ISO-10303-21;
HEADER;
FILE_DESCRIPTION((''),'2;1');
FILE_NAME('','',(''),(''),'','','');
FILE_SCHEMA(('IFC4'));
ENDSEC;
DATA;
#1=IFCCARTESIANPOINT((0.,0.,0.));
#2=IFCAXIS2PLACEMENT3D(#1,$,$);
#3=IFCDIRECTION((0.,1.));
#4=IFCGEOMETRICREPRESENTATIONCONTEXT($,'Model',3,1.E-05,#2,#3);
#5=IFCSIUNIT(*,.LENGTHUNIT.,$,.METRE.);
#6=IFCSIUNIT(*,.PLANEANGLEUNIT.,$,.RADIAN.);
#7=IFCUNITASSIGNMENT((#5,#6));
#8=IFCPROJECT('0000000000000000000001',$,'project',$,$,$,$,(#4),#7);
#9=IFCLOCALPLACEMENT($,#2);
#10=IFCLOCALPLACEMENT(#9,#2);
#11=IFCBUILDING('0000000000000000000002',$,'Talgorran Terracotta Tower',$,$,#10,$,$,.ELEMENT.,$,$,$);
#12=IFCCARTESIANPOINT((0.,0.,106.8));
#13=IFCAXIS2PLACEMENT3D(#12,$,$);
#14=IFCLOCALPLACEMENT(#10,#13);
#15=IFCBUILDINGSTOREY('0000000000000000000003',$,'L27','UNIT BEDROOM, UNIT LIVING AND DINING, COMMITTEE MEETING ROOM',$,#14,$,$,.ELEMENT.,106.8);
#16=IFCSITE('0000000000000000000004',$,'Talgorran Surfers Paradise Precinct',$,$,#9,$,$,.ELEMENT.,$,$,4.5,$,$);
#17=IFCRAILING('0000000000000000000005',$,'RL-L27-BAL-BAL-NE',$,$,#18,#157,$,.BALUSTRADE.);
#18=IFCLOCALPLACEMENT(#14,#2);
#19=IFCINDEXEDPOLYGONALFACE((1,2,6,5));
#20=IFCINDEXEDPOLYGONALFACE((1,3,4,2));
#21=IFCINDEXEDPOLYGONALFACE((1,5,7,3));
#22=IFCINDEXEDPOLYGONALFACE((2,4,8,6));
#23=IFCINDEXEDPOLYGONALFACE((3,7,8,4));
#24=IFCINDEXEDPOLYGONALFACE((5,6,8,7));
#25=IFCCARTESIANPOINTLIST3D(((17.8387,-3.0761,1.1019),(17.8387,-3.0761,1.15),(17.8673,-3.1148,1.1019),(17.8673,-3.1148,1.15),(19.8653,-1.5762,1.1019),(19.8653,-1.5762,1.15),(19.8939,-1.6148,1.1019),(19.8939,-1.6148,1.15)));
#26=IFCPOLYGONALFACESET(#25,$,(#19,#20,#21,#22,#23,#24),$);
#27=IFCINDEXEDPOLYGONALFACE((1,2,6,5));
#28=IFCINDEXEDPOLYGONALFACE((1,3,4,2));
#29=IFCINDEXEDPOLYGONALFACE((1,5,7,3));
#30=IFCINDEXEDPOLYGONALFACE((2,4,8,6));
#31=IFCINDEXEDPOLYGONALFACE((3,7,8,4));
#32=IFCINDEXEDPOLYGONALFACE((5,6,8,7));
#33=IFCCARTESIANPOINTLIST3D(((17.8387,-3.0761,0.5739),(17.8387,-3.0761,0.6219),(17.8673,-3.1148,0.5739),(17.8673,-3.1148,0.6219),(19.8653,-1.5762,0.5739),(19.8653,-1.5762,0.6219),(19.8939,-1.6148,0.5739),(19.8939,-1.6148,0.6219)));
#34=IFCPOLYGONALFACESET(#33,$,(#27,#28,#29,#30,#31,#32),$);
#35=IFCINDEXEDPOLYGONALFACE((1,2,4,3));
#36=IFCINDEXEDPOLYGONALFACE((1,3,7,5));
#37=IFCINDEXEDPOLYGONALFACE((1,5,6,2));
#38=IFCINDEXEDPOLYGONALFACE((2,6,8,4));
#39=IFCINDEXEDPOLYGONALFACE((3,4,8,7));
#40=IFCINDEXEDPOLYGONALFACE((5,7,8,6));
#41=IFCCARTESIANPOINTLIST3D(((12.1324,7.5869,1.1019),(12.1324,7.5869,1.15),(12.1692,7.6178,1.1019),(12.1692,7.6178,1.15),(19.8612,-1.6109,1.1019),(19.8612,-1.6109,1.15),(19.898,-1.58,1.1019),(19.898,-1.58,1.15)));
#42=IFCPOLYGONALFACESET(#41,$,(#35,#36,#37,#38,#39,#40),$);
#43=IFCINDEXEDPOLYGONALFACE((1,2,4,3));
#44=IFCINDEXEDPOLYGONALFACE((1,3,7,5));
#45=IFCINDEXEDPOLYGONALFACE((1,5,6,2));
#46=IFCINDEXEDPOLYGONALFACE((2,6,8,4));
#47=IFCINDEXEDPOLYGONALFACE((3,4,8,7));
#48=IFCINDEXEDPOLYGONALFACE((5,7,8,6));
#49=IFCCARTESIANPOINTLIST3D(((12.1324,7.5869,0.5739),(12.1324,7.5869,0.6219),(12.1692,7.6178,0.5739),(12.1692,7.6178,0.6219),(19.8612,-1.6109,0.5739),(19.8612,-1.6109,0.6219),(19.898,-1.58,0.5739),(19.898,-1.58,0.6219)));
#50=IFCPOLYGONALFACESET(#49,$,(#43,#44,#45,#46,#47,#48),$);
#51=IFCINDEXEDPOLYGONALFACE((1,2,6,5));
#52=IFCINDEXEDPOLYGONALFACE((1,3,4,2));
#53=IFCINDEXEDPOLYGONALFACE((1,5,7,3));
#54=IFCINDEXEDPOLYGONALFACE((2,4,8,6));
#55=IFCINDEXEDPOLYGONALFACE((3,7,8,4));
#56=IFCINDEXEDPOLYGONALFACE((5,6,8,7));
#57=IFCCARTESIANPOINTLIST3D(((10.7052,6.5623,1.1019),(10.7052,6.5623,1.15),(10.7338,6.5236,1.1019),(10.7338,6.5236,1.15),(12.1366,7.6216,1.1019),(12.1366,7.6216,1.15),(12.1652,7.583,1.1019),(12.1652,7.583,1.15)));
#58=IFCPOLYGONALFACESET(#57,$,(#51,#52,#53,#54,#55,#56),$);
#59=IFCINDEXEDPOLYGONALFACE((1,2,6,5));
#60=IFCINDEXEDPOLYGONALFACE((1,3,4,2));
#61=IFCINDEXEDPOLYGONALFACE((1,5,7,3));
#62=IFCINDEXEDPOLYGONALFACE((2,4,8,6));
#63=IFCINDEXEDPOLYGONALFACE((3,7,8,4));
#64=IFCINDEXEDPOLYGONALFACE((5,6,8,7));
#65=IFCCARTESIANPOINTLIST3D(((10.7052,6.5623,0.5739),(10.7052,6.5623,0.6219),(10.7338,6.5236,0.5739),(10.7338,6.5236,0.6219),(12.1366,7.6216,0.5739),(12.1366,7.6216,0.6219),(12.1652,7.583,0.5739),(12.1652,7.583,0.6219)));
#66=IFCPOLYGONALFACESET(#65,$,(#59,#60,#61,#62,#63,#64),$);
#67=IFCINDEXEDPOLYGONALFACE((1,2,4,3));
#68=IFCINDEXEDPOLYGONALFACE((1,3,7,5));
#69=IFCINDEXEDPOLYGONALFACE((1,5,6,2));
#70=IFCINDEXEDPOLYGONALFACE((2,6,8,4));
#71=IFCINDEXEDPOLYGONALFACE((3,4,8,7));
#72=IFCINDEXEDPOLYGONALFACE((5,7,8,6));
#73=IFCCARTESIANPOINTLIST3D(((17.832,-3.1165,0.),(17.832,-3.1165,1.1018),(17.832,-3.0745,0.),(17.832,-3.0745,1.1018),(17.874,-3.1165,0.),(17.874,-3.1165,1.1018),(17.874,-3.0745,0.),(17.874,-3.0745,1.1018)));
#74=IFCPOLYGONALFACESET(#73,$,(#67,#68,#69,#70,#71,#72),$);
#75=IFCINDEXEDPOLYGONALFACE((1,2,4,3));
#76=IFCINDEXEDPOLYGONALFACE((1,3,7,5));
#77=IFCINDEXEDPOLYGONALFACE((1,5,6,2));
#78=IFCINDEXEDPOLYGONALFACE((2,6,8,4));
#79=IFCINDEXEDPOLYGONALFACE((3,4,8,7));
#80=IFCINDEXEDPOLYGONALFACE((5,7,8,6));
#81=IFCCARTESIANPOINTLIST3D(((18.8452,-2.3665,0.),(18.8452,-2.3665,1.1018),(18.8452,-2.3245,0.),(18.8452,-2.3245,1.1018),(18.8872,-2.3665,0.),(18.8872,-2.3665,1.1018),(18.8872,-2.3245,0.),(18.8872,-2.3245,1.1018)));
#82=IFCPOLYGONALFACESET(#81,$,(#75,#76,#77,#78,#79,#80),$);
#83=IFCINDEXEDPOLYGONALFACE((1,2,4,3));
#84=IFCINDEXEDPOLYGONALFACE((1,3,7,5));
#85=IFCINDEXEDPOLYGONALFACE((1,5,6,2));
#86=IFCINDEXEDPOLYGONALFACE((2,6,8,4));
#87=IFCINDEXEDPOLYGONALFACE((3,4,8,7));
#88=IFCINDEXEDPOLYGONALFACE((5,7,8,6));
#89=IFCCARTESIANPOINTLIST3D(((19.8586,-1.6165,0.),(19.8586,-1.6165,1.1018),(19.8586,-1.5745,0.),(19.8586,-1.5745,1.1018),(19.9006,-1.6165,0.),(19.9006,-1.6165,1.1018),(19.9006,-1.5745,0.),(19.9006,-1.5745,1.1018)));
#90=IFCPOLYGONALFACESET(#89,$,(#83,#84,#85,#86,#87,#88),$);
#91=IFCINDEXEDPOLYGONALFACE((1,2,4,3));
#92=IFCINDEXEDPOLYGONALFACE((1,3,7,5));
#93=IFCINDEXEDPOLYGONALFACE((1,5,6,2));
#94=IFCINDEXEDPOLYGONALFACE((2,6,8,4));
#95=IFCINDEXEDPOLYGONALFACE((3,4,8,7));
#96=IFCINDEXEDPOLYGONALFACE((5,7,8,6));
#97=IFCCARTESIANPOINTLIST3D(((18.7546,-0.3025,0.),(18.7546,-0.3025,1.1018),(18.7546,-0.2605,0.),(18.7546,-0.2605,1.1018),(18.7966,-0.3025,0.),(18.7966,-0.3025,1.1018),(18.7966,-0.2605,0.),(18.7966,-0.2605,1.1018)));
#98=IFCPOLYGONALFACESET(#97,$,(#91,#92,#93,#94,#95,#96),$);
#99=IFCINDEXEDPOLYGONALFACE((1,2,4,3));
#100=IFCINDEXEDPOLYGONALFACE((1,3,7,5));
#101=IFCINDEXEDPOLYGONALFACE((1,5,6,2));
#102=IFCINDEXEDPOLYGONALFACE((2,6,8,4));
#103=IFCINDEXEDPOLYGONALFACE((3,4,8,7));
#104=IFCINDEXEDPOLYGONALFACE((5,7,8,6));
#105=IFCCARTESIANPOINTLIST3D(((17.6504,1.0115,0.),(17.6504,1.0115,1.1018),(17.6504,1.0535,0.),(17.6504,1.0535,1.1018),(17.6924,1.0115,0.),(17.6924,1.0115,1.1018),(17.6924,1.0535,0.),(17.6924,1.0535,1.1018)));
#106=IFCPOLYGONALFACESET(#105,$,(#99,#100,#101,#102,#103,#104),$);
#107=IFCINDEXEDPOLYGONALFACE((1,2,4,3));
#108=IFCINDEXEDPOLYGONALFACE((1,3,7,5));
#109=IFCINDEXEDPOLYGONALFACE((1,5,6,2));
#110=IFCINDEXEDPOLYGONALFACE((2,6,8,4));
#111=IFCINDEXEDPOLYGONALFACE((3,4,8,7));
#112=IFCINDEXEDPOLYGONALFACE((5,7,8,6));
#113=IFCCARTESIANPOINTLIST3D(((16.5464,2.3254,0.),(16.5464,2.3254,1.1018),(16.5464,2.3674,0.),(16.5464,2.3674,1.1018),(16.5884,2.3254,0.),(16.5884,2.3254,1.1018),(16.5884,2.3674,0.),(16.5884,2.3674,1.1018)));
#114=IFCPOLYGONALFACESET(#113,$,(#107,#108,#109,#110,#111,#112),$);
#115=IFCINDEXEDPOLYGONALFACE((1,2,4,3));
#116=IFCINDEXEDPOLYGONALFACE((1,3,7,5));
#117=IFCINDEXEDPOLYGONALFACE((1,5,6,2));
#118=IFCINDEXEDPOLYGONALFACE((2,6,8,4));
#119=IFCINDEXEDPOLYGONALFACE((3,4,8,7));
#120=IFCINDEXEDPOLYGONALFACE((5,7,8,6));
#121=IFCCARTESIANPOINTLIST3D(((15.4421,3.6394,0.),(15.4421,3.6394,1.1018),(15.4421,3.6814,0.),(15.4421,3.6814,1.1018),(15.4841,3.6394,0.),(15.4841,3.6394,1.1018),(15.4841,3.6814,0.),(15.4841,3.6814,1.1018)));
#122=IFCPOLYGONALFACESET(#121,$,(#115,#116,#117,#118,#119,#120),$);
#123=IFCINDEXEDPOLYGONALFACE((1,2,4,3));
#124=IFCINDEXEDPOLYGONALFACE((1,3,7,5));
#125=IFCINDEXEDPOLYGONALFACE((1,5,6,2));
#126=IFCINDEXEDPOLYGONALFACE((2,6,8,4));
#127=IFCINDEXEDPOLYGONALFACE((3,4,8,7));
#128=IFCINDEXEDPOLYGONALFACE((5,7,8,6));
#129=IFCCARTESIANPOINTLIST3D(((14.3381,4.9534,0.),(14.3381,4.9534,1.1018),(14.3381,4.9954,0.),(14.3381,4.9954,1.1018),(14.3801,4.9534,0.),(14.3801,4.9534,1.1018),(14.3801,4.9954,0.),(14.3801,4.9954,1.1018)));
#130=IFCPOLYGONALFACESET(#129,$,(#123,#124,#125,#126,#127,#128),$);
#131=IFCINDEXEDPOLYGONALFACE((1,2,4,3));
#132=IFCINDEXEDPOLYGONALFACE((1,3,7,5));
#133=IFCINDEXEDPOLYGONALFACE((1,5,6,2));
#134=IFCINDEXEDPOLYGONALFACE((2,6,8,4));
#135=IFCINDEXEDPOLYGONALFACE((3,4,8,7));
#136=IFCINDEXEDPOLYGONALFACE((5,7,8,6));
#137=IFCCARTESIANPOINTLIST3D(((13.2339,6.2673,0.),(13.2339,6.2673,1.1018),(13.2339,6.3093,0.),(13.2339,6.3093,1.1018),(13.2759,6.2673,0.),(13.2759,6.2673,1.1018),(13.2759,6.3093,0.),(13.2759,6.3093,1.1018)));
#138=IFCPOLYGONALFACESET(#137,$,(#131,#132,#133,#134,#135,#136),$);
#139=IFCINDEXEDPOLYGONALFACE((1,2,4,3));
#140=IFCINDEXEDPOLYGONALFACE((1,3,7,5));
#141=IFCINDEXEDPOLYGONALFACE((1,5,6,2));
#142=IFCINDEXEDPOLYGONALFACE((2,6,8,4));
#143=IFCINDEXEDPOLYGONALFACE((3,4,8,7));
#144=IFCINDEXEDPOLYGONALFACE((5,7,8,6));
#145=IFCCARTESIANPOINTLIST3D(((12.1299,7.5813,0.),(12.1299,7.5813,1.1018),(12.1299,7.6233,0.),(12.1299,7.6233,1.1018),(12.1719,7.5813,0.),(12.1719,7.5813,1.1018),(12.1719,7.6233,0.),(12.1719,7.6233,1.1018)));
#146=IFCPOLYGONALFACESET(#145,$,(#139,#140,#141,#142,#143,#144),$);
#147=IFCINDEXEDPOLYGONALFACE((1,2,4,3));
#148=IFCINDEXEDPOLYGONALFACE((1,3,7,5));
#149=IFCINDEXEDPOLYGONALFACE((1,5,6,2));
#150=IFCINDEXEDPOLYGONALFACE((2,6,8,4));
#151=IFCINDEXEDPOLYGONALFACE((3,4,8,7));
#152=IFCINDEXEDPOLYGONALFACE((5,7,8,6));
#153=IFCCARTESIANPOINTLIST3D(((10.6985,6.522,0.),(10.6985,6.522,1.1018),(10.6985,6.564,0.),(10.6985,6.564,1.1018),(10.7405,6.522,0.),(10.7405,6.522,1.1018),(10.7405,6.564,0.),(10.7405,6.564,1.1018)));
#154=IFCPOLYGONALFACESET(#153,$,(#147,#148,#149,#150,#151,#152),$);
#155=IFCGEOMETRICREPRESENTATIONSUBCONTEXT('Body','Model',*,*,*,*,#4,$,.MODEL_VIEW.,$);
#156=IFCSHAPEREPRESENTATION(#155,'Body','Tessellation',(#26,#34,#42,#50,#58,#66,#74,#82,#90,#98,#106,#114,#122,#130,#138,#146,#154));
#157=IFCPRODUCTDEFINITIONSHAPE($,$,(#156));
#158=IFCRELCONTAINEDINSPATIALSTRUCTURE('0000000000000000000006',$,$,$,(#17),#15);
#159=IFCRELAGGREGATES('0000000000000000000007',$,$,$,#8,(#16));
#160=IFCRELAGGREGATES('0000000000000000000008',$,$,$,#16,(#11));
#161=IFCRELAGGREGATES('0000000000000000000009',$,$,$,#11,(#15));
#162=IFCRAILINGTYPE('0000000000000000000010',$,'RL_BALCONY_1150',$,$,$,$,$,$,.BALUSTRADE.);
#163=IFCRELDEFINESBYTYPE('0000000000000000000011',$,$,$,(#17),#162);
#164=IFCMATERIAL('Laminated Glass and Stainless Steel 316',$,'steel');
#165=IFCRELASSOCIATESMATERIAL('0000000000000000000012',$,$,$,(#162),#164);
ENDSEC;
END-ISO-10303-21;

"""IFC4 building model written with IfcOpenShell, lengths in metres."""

from ifc_helpers import new_model, si_unit, direction, frame, origin, origin_2d, place, context, subcontext, project, spatial, rectangle, extrude, material, type_object, element, save


model = new_model("IFC4")

# Units and contexts
model_context = context("Model", 3, precision=1e-05, world=origin(), true_north=direction((0.0, 1.0)))
body_context = subcontext(model_context, "Body", "Model", "MODEL_VIEW")
ifc_project = project(units=[si_unit("LENGTHUNIT", "METRE"), si_unit("PLANEANGLEUNIT", "RADIAN")], contexts=[model_context])

# Site, building, storey
site_placement = place(None, origin())
site = spatial("IfcSite", under=ifc_project, at=site_placement, Name="Talgorran Surfers Paradise Precinct", CompositionType="ELEMENT", RefElevation=4.5)
building_placement = place(site_placement, origin())
building = spatial("IfcBuilding", under=site, at=building_placement, Name="Talgorran Terracotta Tower", CompositionType="ELEMENT")
storey_placement = place(building_placement, frame((0.0, 0.0, 106.8)))
storey = spatial("IfcBuildingStorey", under=building, at=storey_placement, Name="L27", Description="UNIT BEDROOM, UNIT LIVING AND DINING, COMMITTEE MEETING ROOM", CompositionType="ELEMENT", Elevation=106.8)

# Railing
ifc_material_1 = material(Name="Laminated Glass and Stainless Steel 316", Category="steel")
railing_type = type_object("IfcRailingType", Name="RL_BALCONY_1150", PredefinedType="BALUSTRADE", material=ifc_material_1)
railing_placement = place(storey_placement, frame((17.853, -3.0955, 0.0)))
element("IfcRailing", 1, at=railing_placement, inside=storey, type_object=railing_type, Name="RL-L27-BAL-BAL-NE", PredefinedType="BALUSTRADE", context=body_context, shape_type="SweptSolid", body=[
    extrude(rectangle(XDim=0.0481, YDim=0.0481, at=origin_2d()), frame((0.0, 0.0, 1.126), z_axis=(0.803784, 0.594922, 0.0), x_axis=(-0.594922, 0.803784, 0.0)), (0.0, 0.0, 1.0), 2.5212),
    extrude(rectangle(XDim=0.0481, YDim=0.0481, at=origin_2d()), frame((0.0, 0.0, 0.5979), z_axis=(0.803784, 0.594922, 0.0), x_axis=(-0.594922, 0.803784, 0.0)), (0.0, 0.0, 1.0), 2.5212),
    extrude(rectangle(XDim=0.0481, YDim=0.0481, at=origin_2d()), frame((2.0266, 1.5, 1.126), z_axis=(-0.643321, 0.765596, 0.0), x_axis=(-0.765596, -0.643321, 0.0)), (0.0, 0.0, 1.0), 12.0139),
    extrude(rectangle(XDim=0.0481, YDim=0.0481, at=origin_2d()), frame((2.0266, 1.5, 0.5979), z_axis=(-0.643321, 0.765596, 0.0), x_axis=(-0.765596, -0.643321, 0.0)), (0.0, 0.0, 1.0), 12.0139),
    extrude(rectangle(XDim=0.0481, YDim=0.0481, at=origin_2d()), frame((-5.7021, 10.6978, 1.126), z_axis=(-0.803817, -0.594877, 0.0), x_axis=(0.594877, -0.803817, 0.0)), (0.0, 0.0, 1.0), 1.7808),
    extrude(rectangle(XDim=0.0481, YDim=0.0481, at=origin_2d()), frame((-5.7021, 10.6978, 0.5979), z_axis=(-0.803817, -0.594877, 0.0), x_axis=(0.594877, -0.803817, 0.0)), (0.0, 0.0, 1.0), 1.7808),
    extrude(rectangle(XDim=0.042, YDim=0.042, at=origin_2d()), origin(), (0.0, 0.0, 1.0), 1.1018),
    extrude(rectangle(XDim=0.042, YDim=0.042, at=origin_2d()), frame((1.0132, 0.75, 0.0)), (0.0, 0.0, 1.0), 1.1018),
    extrude(rectangle(XDim=0.042, YDim=0.042, at=origin_2d()), frame((2.0266, 1.5, 0.0)), (0.0, 0.0, 1.0), 1.1018),
    extrude(rectangle(XDim=0.042, YDim=0.042, at=origin_2d()), frame((0.9226, 2.814, 0.0)), (0.0, 0.0, 1.0), 1.1018),
    extrude(rectangle(XDim=0.042, YDim=0.042, at=origin_2d()), frame((-0.1816, 4.1279, 0.0)), (0.0, 0.0, 1.0), 1.1018),
    extrude(rectangle(XDim=0.042, YDim=0.042, at=origin_2d()), frame((-1.2856, 5.4419, 0.0)), (0.0, 0.0, 1.0), 1.1018),
    extrude(rectangle(XDim=0.042, YDim=0.042, at=origin_2d()), frame((-2.3899, 6.7559, 0.0)), (0.0, 0.0, 1.0), 1.1018),
    extrude(rectangle(XDim=0.042, YDim=0.042, at=origin_2d()), frame((-3.4939, 8.0698, 0.0)), (0.0, 0.0, 1.0), 1.1018),
    extrude(rectangle(XDim=0.042, YDim=0.042, at=origin_2d()), frame((-4.5981, 9.3838, 0.0)), (0.0, 0.0, 1.0), 1.1018),
    extrude(rectangle(XDim=0.042, YDim=0.042, at=origin_2d()), frame((-5.7021, 10.6978, 0.0)), (0.0, 0.0, 1.0), 1.1018),
    extrude(rectangle(XDim=0.042, YDim=0.042, at=origin_2d()), frame((-7.1335, 9.6384, 0.0)), (0.0, 0.0, 1.0), 1.1018),
])

save(model, "model.ifc")
